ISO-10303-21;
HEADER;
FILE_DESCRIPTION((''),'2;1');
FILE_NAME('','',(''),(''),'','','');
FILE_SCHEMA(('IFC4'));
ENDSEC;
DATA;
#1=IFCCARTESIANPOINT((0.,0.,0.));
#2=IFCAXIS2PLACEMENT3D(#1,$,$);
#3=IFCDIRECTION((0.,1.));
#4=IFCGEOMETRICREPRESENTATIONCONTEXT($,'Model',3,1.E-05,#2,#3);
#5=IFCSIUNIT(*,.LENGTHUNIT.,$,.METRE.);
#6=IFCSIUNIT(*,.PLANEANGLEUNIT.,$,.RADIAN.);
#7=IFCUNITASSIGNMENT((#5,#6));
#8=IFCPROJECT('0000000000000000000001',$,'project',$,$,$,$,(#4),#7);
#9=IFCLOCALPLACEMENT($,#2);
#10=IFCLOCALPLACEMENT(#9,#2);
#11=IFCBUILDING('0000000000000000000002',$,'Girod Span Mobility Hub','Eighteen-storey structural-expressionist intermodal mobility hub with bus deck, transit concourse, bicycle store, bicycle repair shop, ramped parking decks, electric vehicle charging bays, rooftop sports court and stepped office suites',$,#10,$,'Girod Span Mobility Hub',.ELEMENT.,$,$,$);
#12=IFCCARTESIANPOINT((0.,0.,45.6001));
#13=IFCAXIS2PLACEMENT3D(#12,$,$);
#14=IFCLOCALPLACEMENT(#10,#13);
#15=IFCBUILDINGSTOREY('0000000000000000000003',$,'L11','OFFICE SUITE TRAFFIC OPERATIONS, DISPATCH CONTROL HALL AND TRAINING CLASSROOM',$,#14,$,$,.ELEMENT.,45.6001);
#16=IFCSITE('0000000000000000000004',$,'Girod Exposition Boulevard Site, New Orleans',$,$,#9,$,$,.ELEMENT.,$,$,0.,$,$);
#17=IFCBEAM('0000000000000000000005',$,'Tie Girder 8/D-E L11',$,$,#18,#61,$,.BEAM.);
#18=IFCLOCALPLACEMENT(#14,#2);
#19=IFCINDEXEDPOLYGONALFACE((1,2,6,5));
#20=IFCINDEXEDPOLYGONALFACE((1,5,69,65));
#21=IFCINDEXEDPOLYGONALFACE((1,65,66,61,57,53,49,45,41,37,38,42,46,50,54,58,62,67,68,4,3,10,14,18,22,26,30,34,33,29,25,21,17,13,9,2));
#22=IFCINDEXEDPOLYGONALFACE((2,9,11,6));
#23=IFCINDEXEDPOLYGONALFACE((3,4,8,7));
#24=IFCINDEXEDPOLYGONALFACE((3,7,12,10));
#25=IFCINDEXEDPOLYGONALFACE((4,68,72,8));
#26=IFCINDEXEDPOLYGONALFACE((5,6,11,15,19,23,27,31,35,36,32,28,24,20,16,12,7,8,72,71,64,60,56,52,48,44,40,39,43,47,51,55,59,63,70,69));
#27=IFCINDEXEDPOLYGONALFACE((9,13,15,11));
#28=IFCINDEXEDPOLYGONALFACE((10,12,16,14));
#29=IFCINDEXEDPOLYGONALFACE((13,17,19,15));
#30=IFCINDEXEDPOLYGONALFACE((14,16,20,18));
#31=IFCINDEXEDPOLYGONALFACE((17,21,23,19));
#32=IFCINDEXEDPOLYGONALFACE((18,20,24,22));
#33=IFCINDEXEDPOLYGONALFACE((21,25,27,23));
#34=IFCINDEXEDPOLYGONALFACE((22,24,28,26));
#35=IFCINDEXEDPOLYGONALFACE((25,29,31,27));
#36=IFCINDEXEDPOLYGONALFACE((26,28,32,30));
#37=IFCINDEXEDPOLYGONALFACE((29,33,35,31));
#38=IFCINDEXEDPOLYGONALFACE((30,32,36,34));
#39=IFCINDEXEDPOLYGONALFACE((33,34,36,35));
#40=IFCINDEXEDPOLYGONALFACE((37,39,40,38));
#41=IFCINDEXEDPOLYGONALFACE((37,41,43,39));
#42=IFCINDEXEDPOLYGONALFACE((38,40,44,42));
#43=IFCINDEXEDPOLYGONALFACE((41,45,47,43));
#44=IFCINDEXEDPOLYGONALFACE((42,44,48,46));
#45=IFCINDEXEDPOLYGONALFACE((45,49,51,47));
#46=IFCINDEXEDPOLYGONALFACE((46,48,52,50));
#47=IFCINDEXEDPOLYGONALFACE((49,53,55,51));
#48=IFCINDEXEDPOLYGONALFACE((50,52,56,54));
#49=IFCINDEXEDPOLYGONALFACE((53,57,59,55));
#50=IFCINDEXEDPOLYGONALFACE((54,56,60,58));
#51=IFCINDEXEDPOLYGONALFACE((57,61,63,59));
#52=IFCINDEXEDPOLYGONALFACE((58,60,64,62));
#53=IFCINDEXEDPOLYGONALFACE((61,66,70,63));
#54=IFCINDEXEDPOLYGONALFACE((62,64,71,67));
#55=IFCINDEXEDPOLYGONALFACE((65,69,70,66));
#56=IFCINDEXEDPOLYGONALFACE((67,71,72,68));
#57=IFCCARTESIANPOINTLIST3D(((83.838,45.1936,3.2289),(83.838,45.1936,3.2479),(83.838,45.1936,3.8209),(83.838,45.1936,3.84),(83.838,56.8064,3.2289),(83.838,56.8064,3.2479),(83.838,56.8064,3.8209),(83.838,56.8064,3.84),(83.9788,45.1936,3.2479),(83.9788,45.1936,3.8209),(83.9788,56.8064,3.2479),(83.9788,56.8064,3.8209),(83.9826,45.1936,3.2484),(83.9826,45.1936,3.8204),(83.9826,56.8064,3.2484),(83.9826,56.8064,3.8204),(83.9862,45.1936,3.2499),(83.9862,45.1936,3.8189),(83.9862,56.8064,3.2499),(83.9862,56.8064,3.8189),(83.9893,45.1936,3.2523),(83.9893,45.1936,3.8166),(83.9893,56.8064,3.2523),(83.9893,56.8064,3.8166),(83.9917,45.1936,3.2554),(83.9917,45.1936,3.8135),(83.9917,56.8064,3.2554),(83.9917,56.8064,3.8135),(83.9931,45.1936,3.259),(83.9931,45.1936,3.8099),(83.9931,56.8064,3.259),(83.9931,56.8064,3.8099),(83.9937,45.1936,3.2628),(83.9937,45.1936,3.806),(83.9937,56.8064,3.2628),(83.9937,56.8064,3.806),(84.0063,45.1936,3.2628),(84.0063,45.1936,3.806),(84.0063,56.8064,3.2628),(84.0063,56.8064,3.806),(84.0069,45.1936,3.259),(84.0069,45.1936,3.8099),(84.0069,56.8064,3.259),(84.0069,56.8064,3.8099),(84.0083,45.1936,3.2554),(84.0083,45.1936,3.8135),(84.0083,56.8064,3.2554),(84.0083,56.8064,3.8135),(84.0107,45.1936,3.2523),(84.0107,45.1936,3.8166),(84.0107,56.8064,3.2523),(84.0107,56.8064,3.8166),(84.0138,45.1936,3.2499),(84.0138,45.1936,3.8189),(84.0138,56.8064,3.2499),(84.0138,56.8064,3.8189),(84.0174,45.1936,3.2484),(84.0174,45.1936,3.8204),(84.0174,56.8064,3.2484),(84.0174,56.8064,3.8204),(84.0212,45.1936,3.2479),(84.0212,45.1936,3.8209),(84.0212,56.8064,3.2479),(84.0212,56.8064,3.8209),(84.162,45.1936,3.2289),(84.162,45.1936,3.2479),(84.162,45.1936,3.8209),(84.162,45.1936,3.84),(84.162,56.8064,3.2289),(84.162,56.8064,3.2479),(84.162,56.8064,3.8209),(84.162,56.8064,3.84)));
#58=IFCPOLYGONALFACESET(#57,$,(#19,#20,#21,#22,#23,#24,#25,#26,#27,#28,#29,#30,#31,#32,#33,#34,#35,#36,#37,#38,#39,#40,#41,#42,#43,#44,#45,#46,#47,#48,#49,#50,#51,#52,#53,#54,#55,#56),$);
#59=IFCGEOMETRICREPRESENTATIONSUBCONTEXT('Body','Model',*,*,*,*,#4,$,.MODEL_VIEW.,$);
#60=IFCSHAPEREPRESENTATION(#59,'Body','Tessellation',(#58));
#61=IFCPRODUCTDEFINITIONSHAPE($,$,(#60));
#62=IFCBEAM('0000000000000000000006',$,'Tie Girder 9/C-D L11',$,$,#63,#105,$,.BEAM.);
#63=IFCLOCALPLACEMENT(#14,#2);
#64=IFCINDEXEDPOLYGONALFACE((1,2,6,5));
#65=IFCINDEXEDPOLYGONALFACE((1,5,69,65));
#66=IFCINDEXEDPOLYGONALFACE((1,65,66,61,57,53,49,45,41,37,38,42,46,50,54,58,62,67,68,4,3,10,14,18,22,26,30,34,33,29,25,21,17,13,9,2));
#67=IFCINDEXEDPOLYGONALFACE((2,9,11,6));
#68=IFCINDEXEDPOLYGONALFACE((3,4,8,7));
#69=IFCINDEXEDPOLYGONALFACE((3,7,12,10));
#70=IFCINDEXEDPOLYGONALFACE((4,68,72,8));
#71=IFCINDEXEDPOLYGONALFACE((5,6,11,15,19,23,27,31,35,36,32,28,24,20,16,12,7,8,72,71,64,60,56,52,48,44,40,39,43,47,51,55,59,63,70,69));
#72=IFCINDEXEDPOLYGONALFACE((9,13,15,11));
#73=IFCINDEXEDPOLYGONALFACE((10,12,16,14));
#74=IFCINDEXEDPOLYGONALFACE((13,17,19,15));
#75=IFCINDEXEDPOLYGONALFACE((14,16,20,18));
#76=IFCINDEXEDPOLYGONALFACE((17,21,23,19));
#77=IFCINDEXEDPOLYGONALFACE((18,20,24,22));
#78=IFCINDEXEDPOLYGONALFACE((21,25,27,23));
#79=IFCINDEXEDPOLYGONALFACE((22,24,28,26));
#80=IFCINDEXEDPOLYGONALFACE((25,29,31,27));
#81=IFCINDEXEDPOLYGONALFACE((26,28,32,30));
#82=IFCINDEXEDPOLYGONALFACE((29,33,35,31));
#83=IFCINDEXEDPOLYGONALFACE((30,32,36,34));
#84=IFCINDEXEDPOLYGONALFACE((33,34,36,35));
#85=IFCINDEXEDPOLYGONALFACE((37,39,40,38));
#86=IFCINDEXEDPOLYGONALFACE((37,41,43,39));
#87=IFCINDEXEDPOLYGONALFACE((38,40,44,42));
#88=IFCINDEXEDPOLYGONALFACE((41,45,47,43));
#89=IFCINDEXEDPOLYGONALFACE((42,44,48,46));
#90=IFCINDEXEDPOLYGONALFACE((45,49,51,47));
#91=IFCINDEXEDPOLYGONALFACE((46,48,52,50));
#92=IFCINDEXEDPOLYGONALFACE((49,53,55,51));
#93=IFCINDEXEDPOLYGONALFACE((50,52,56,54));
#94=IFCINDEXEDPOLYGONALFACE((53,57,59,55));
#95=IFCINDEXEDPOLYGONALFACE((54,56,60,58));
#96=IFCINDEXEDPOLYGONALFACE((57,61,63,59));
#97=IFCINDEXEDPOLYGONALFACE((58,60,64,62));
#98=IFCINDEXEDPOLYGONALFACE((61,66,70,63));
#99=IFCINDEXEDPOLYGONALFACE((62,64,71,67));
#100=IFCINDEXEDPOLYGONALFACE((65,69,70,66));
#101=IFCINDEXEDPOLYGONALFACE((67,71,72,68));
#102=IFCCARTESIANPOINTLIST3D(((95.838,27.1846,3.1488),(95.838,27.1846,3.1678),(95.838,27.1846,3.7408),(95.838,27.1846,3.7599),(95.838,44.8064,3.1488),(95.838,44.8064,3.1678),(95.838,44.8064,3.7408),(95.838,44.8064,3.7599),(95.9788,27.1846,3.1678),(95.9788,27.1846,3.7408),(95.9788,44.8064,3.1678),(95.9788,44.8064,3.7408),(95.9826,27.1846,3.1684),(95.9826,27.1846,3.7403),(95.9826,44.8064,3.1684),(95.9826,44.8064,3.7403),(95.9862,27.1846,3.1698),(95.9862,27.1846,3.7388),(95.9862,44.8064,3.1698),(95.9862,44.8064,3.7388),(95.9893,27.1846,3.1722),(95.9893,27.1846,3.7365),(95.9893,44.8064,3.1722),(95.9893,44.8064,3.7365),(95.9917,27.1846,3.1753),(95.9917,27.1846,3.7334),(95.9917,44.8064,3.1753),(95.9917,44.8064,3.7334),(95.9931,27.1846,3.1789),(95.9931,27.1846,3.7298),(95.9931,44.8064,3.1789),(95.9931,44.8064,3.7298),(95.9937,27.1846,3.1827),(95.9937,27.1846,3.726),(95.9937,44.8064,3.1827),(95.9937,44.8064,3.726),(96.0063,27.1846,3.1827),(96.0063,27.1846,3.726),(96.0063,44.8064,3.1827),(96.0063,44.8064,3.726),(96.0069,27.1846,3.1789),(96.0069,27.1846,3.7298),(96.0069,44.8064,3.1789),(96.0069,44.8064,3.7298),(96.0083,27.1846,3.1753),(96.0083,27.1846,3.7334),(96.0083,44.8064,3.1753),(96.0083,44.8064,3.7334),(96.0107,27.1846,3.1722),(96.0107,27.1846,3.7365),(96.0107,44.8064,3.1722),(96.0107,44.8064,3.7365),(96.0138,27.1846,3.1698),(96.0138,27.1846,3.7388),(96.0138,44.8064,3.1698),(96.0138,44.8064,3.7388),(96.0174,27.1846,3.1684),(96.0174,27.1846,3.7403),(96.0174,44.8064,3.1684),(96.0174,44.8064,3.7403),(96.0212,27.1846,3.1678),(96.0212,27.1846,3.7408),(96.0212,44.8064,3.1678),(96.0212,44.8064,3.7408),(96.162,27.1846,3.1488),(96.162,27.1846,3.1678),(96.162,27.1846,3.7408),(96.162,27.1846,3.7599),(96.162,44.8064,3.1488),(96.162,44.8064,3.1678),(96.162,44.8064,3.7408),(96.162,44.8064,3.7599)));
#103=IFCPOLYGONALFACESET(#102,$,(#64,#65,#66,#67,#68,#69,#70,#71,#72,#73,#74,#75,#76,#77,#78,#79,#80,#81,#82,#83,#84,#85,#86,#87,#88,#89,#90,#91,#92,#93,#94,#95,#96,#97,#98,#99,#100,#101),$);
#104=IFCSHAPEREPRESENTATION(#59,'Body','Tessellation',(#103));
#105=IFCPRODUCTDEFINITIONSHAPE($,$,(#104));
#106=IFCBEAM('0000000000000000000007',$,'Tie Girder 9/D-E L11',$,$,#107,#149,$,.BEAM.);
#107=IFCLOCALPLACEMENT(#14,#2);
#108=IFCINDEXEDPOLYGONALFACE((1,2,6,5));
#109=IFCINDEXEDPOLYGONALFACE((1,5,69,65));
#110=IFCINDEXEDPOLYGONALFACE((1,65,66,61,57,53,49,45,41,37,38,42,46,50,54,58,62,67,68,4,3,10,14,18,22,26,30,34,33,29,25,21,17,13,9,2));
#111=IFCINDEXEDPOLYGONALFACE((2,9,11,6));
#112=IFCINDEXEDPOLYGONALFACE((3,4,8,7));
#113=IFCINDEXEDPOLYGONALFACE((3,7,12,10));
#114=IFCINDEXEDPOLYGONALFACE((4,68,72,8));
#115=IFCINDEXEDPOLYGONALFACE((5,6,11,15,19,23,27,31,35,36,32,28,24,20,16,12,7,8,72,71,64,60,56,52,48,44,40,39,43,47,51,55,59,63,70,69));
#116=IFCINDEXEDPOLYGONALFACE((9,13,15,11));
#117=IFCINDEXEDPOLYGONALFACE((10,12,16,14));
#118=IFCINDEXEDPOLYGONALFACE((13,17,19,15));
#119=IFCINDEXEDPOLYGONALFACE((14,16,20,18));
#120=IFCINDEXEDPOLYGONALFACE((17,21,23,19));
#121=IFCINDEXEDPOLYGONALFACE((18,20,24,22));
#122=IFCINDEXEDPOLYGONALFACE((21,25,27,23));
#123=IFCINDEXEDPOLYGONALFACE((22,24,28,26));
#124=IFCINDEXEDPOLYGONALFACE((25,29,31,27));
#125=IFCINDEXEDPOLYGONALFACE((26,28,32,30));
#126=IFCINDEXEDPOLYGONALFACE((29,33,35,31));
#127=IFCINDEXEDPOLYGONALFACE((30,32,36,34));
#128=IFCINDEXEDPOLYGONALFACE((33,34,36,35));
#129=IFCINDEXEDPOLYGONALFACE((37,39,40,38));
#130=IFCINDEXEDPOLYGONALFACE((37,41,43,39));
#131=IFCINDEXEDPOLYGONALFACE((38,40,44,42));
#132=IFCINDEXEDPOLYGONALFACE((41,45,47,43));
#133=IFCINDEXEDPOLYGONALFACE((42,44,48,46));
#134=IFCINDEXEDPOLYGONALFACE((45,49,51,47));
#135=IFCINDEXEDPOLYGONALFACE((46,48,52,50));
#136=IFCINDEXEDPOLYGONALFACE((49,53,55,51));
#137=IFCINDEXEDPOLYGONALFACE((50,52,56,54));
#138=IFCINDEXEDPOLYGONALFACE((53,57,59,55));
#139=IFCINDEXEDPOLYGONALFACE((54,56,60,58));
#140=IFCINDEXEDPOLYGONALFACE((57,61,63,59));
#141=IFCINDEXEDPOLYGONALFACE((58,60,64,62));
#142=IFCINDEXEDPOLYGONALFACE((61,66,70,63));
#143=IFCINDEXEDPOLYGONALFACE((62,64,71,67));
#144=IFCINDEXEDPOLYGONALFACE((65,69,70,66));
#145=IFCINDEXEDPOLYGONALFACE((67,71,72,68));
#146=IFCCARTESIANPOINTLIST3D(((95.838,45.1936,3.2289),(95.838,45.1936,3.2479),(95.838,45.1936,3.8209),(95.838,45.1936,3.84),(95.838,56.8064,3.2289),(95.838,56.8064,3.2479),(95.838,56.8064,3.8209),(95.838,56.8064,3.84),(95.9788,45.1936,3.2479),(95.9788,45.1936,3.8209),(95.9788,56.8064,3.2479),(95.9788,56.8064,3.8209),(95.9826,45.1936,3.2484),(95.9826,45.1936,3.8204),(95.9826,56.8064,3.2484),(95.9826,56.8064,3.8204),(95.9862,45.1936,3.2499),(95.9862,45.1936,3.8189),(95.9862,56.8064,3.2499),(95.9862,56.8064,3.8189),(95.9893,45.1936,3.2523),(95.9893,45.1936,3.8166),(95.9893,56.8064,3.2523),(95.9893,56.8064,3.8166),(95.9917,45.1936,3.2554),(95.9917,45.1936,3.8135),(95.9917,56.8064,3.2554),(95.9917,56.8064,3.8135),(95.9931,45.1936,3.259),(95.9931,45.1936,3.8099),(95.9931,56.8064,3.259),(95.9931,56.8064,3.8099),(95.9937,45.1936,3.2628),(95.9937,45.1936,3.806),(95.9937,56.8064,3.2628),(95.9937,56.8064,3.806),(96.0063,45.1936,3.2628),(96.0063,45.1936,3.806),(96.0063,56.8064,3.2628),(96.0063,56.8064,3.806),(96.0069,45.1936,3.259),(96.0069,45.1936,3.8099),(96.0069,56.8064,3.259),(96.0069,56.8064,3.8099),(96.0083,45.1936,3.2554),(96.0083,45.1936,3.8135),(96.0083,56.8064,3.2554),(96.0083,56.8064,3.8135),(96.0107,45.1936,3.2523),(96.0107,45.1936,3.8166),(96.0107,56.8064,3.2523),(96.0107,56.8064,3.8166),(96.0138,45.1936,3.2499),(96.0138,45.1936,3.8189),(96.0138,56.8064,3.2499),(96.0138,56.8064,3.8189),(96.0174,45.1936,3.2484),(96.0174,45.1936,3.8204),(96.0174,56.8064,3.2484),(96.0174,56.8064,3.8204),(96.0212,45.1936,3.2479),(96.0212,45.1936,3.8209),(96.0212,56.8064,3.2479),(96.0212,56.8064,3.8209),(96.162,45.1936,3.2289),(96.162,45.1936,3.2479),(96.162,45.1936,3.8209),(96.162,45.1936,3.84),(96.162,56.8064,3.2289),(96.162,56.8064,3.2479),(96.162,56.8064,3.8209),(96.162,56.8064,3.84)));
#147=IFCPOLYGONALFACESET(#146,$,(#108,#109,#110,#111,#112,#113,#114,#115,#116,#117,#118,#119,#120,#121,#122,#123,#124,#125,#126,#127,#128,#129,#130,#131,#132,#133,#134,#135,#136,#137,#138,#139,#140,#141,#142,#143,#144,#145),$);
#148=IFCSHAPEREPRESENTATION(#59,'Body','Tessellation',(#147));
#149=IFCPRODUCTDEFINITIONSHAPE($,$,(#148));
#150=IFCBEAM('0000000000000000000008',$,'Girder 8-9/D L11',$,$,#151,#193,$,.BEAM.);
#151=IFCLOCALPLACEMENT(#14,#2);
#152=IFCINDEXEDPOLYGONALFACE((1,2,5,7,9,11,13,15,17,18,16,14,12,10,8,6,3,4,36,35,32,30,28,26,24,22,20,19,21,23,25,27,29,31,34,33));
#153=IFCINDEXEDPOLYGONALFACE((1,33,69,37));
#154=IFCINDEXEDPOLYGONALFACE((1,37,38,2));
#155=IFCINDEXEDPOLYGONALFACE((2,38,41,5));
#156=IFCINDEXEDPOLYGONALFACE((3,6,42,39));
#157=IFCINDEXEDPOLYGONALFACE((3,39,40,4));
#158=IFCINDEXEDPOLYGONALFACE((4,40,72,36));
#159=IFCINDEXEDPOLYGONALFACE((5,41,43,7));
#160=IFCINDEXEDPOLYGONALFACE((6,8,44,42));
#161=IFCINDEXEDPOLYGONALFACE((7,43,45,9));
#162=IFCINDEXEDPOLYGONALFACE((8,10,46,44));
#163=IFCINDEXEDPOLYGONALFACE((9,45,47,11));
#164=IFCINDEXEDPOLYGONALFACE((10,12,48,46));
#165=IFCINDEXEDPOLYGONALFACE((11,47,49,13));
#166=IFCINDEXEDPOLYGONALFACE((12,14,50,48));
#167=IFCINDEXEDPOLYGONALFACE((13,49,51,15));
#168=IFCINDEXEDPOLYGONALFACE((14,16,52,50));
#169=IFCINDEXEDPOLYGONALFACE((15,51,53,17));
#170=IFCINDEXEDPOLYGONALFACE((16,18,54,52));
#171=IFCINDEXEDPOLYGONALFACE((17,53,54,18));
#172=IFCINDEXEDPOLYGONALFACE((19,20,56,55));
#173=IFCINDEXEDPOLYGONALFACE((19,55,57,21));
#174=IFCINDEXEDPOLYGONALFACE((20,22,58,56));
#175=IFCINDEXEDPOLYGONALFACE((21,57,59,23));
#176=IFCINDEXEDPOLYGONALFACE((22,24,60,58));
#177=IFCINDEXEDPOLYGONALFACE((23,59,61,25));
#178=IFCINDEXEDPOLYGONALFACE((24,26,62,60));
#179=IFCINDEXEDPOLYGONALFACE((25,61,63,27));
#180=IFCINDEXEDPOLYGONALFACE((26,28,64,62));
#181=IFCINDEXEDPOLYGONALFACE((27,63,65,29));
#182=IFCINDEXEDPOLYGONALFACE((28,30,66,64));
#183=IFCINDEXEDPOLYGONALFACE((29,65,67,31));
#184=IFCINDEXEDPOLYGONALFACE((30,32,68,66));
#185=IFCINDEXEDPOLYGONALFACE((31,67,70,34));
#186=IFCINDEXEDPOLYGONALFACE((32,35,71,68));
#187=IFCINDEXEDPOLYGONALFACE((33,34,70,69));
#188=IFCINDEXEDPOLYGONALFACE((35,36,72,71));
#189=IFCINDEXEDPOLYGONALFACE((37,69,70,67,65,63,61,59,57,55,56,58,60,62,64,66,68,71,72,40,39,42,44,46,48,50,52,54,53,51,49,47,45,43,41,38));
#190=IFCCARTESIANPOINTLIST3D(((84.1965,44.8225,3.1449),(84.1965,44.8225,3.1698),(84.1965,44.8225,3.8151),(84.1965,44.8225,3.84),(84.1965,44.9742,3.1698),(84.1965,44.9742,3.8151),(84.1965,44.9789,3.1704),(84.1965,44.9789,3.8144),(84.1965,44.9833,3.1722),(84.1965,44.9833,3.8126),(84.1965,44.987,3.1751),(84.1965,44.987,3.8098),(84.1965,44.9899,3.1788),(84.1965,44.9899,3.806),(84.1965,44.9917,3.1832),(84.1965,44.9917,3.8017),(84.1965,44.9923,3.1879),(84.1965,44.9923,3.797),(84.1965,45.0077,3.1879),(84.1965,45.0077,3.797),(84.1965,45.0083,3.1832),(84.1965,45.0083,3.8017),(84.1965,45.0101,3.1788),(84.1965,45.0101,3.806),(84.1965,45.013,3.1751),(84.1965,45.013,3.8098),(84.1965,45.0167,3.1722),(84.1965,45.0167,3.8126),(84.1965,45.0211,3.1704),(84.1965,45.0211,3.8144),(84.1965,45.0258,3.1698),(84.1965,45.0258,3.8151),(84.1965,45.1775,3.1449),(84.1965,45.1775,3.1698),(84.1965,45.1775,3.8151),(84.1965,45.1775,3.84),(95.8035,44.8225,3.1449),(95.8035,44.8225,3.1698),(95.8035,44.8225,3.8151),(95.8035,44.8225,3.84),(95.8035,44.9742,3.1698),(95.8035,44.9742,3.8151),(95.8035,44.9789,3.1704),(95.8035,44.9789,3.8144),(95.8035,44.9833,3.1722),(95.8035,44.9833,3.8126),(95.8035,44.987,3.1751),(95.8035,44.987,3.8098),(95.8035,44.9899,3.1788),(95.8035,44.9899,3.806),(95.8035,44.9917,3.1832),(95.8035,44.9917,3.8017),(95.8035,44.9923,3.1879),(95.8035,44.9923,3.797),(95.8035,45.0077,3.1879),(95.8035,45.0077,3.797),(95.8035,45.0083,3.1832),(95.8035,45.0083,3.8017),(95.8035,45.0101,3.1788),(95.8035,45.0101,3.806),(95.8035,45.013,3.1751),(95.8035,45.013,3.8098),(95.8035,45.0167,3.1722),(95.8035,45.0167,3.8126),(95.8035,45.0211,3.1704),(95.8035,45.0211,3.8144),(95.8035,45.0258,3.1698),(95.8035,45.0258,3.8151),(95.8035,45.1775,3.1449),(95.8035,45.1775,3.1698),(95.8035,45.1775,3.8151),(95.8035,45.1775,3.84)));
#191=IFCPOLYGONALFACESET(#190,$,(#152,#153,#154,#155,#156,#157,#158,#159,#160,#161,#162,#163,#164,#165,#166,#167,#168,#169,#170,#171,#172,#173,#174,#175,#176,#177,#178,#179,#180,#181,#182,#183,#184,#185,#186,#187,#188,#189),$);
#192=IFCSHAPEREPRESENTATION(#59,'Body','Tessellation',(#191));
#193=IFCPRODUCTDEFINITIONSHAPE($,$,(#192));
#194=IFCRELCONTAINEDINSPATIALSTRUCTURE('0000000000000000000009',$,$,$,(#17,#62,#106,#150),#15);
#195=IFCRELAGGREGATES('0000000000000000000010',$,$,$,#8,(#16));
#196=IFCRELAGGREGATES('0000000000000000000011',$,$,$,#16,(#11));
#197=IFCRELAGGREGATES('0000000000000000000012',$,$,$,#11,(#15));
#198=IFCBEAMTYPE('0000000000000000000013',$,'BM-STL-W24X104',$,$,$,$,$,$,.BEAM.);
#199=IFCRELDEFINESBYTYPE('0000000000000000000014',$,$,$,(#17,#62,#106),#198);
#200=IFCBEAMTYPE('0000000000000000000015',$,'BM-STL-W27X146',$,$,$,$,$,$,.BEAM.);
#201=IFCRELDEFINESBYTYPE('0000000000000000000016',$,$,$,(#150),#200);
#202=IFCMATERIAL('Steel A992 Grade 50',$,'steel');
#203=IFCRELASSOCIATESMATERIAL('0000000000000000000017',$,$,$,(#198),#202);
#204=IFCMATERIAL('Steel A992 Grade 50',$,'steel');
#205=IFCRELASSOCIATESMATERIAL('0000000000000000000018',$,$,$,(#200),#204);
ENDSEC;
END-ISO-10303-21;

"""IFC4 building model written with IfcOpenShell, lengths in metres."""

from ifc_helpers import new_model, si_unit, direction, frame, origin, origin_2d, place, context, subcontext, project, spatial, i_section, extrude, material, material_profile, profile_set, type_object, element, save


model = new_model("IFC4")

# Units and contexts
model_context = context("Model", 3, precision=1e-05, world=origin(), true_north=direction((0.0, 1.0)))
body_context = subcontext(model_context, "Body", "Model", "MODEL_VIEW")
ifc_project = project(units=[si_unit("LENGTHUNIT", "METRE"), si_unit("PLANEANGLEUNIT", "RADIAN")], contexts=[model_context])

# Site, building, storey
site_placement = place(None, origin())
site = spatial("IfcSite", under=ifc_project, at=site_placement, Name="Girod Exposition Boulevard Site, New Orleans", CompositionType="ELEMENT", RefElevation=0.0)
building_placement = place(site_placement, origin())
building = spatial("IfcBuilding", under=site, at=building_placement, Name="Girod Span Mobility Hub", Description="Eighteen-storey structural-expressionist intermodal mobility hub with bus deck, transit concourse, bicycle store, bicycle repair shop, ramped parking decks, electric vehicle charging bays, rooftop sports court and stepped office suites", LongName="Girod Span Mobility Hub", CompositionType="ELEMENT")
storey_placement = place(building_placement, frame((0.0, 0.0, 45.6001)))
storey = spatial("IfcBuildingStorey", under=building, at=storey_placement, Name="L11", Description="OFFICE SUITE TRAFFIC OPERATIONS, DISPATCH CONTROL HALL AND TRAINING CLASSROOM", CompositionType="ELEMENT", Elevation=45.6001)

# Beams
ifc_material_1 = material(Name="Steel A992 Grade 50", Category="steel")
ifc_material_profile_1 = material_profile(ifc_material_1, i_section(OverallWidth=0.324, OverallDepth=0.6111, WebThickness=0.0127, FlangeThickness=0.019, FilletRadius=0.0149, at=origin_2d()), Name="W24X104")
ifc_profile_set_1 = profile_set([ifc_material_profile_1], Name="Steel A992 Grade 50")
beam_type_1 = type_object("IfcBeamType", Name="BM-STL-W24X104", PredefinedType="BEAM", material=ifc_profile_set_1)
beam_1_placement = place(storey_placement, frame((84.0, 45.1936, 3.5344), z_axis=(0.0, 1.0, 0.0), x_axis=(-1.0, 0.0, 0.0)))
element("IfcBeam", 1, at=beam_1_placement, inside=storey, type_object=beam_type_1, Name="Tie Girder 8/D-E L11", PredefinedType="BEAM", context=body_context, shape_type="SweptSolid", body=[
    extrude(i_section(OverallWidth=0.324, OverallDepth=0.6111, WebThickness=0.0127, FlangeThickness=0.019, FilletRadius=0.0149, at=origin_2d()), origin(), (0.0, 0.0, 1.0), 11.6128),
])
beam_2_placement = place(storey_placement, frame((96.0, 27.1846, 3.4543), z_axis=(0.0, 1.0, 0.0), x_axis=(-1.0, 0.0, 0.0)))
element("IfcBeam", 2, at=beam_2_placement, inside=storey, type_object=beam_type_1, Name="Tie Girder 9/C-D L11", PredefinedType="BEAM", context=body_context, shape_type="SweptSolid", body=[
    extrude(i_section(OverallWidth=0.324, OverallDepth=0.6111, WebThickness=0.0127, FlangeThickness=0.019, FilletRadius=0.0149, at=origin_2d()), origin(), (0.0, 0.0, 1.0), 17.6218),
])
beam_3_placement = place(storey_placement, frame((96.0, 45.1936, 3.5344), z_axis=(0.0, 1.0, 0.0), x_axis=(-1.0, 0.0, 0.0)))
element("IfcBeam", 3, at=beam_3_placement, inside=storey, type_object=beam_type_1, Name="Tie Girder 9/D-E L11", PredefinedType="BEAM", context=body_context, shape_type="SweptSolid", body=[
    extrude(i_section(OverallWidth=0.324, OverallDepth=0.6111, WebThickness=0.0127, FlangeThickness=0.019, FilletRadius=0.0149, at=origin_2d()), origin(), (0.0, 0.0, 1.0), 11.6128),
])
ifc_material_2 = material(Name="Steel A992 Grade 50", Category="steel")
ifc_material_profile_2 = material_profile(ifc_material_2, i_section(OverallWidth=0.355, OverallDepth=0.6951, WebThickness=0.0154, FlangeThickness=0.0249, FilletRadius=0.0181, at=origin_2d()), Name="W27X146")
ifc_profile_set_2 = profile_set([ifc_material_profile_2], Name="Steel A992 Grade 50")
beam_type_2 = type_object("IfcBeamType", Name="BM-STL-W27X146", PredefinedType="BEAM", material=ifc_profile_set_2)
beam_4_placement = place(storey_placement, frame((84.1965, 45.0, 3.4924), z_axis=(1.0, 0.0, 0.0), x_axis=(0.0, 1.0, 0.0)))
element("IfcBeam", 4, at=beam_4_placement, inside=storey, type_object=beam_type_2, Name="Girder 8-9/D L11", PredefinedType="BEAM", context=body_context, shape_type="SweptSolid", body=[
    extrude(i_section(OverallWidth=0.355, OverallDepth=0.6951, WebThickness=0.0154, FlangeThickness=0.0249, FilletRadius=0.0181, at=origin_2d()), origin(), (0.0, 0.0, 1.0), 11.6069),
])

save(model, "model.ifc")
